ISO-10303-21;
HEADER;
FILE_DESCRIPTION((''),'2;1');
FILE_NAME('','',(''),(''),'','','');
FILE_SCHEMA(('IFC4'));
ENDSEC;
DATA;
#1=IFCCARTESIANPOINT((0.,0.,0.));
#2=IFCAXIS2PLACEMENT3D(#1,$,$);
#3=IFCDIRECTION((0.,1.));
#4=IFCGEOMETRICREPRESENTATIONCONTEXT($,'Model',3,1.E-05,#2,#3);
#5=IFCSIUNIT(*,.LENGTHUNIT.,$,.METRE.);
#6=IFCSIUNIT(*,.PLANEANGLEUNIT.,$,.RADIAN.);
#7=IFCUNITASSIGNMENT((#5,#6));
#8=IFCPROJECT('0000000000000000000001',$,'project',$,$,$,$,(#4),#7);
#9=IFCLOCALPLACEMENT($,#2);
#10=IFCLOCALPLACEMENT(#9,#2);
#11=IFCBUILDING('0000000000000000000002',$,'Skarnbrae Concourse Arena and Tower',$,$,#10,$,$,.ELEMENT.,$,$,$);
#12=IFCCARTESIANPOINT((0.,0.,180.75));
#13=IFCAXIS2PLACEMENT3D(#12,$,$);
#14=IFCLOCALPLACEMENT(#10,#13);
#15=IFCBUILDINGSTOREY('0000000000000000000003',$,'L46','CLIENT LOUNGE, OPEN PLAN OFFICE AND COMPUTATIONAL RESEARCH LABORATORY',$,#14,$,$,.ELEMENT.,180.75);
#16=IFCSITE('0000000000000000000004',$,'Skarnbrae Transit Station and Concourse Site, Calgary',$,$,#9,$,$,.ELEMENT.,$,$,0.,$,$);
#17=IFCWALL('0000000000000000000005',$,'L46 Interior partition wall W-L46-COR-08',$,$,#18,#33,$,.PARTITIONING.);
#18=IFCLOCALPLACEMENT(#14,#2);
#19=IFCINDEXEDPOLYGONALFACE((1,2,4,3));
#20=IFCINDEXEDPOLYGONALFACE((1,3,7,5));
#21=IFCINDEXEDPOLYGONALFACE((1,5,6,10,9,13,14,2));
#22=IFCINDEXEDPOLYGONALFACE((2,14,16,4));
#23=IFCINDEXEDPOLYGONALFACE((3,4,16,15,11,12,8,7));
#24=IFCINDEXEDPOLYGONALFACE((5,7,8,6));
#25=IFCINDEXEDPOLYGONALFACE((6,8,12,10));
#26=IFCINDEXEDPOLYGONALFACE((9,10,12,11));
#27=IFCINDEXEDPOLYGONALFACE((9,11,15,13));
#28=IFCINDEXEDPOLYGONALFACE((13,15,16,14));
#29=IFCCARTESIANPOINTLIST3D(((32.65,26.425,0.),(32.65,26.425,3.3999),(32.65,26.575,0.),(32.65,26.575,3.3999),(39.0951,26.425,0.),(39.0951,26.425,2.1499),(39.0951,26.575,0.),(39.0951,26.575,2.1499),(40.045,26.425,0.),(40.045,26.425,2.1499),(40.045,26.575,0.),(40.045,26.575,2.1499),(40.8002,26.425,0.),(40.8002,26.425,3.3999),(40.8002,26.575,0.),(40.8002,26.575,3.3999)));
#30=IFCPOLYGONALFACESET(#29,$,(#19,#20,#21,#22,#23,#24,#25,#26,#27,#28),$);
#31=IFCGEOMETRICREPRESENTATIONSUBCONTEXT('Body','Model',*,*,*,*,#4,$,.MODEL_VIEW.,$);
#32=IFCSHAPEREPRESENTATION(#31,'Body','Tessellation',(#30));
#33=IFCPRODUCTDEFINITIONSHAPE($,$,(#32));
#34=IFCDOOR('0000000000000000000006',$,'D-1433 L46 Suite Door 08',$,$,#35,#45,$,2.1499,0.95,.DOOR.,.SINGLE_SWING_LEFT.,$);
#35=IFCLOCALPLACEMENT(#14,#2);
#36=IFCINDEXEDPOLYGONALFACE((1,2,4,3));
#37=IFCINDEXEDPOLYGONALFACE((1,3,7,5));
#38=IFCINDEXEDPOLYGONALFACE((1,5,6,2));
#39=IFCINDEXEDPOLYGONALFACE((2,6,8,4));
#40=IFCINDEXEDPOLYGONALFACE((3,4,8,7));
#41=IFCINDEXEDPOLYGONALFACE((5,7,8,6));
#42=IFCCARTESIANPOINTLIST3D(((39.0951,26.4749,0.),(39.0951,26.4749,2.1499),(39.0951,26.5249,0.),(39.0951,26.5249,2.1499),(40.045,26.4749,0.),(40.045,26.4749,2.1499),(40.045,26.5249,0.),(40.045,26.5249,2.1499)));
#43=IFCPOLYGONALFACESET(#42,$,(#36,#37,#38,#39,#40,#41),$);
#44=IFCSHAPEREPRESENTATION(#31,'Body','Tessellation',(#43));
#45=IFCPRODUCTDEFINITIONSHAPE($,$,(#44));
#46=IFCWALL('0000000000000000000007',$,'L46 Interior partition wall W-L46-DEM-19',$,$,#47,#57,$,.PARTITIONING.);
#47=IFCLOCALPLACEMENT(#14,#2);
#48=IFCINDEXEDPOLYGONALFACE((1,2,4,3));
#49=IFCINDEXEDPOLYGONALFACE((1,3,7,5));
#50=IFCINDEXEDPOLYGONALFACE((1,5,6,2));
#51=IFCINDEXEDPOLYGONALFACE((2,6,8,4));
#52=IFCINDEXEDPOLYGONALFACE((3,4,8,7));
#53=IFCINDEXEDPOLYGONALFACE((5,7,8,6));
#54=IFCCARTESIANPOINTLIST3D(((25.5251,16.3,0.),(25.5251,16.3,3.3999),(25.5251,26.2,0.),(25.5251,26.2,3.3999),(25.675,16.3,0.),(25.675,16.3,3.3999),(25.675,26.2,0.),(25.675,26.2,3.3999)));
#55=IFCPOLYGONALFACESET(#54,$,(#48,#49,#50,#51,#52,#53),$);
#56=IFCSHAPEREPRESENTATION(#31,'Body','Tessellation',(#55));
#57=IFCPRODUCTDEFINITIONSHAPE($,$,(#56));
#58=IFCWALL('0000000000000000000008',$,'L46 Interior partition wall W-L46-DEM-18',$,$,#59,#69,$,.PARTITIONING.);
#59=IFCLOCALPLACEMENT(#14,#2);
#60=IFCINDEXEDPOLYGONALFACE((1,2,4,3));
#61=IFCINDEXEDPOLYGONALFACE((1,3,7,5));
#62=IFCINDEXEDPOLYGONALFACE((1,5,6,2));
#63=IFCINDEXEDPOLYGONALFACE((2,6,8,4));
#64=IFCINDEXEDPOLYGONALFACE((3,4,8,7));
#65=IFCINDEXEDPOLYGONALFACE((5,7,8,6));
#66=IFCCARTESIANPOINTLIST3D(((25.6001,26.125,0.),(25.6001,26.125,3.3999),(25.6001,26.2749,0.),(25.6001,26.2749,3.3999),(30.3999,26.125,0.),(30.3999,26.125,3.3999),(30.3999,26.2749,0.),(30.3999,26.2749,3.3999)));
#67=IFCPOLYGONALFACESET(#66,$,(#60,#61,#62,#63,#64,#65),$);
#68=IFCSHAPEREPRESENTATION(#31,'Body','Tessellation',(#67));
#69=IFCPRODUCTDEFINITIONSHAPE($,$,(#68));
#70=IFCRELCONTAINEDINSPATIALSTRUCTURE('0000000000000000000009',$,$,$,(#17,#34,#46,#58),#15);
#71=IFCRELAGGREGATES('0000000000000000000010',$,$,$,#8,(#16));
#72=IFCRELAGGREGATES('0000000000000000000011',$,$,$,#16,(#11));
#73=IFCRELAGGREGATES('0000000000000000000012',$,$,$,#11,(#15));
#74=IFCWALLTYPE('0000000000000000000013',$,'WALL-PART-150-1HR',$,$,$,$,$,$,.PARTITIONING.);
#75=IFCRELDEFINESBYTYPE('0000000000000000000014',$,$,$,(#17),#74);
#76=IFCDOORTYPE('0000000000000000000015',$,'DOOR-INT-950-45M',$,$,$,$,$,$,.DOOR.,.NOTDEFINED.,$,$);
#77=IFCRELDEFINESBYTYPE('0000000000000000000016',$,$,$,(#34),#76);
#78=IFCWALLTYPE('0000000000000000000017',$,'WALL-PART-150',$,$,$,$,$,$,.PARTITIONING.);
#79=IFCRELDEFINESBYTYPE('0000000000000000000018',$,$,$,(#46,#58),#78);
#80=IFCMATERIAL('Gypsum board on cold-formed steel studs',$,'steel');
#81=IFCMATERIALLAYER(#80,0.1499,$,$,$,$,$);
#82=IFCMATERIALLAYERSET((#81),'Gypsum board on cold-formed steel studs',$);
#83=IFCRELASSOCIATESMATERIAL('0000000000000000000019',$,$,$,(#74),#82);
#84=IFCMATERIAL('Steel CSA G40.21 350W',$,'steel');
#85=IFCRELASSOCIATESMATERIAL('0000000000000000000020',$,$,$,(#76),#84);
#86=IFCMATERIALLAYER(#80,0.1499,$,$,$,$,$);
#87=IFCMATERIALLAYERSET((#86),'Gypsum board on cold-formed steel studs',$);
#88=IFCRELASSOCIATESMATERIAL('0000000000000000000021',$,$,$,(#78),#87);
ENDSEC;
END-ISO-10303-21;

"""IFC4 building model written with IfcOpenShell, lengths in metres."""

from ifc_helpers import new_model, si_unit, direction, frame, frame_2d, origin, place, context, subcontext, project, spatial, rectangle, extrude, source, transform, mapped, material, layer, layer_set, type_object, element, fill, save


model = new_model("IFC4")

# Units and contexts
model_context = context("Model", 3, precision=1e-05, world=origin(), true_north=direction((0.0, 1.0)))
body_context = subcontext(model_context, "Body", "Model", "MODEL_VIEW")
ifc_project = project(units=[si_unit("LENGTHUNIT", "METRE"), si_unit("PLANEANGLEUNIT", "RADIAN")], contexts=[model_context])

# Site, building, storey
site_placement = place(None, origin())
site = spatial("IfcSite", under=ifc_project, at=site_placement, Name="Skarnbrae Transit Station and Concourse Site, Calgary", CompositionType="ELEMENT", RefElevation=0.0)
building_placement = place(site_placement, origin())
building = spatial("IfcBuilding", under=site, at=building_placement, Name="Skarnbrae Concourse Arena and Tower", CompositionType="ELEMENT")
storey_placement = place(building_placement, frame((0.0, 0.0, 180.75)))
storey = spatial("IfcBuildingStorey", under=building, at=storey_placement, Name="L46", Description="CLIENT LOUNGE, OPEN PLAN OFFICE AND COMPUTATIONAL RESEARCH LABORATORY", CompositionType="ELEMENT", Elevation=180.75)

# Shared definitions
ifc_material_1 = material(Name="Steel CSA G40.21 350W", Category="steel")

# Shared definitions
ifc_material_2 = material(Name="Gypsum board on cold-formed steel studs", Category="steel")
ifc_layer_1 = layer(ifc_material_2, 0.1499)
ifc_layer_set_1 = layer_set([ifc_layer_1], Name="Gypsum board on cold-formed steel studs")
wall_type_1 = type_object("IfcWallType", Name="WALL-PART-150-1HR", PredefinedType="PARTITIONING", material=ifc_layer_set_1)

# Shared definitions
door_type = type_object("IfcDoorType", Name="DOOR-INT-950-45M", OperationType="NOTDEFINED", PredefinedType="DOOR", material=ifc_material_1)
shared_shape_1 = source(origin(), body_context, "Body", "SweptSolid", [
    extrude(rectangle(XDim=0.95, YDim=2.1499, at=frame_2d((0.4751, 1.075))), frame((0.0, 0.0249, 0.0), z_axis=(0.0, -1.0, 0.0), x_axis=(1.0, 0.0, 0.0)), (0.0, 0.0, 1.0), 0.05),
])

# Wall, opening, door
shared_shape_2 = source(origin(), body_context, "Body", "SweptSolid", [
    extrude(rectangle(XDim=8.1501, YDim=0.1499, at=frame_2d((4.0752, 0.0))), origin(), (0.0, 0.0, 1.0), 3.3999),
])
wall_1_placement = place(storey_placement, frame((32.6499, 26.5, 0.0), z_axis=(0.0, 0.0, 1.0), x_axis=(1.0, 0.0, 0.0)))
wall_1 = element("IfcWall", 1, at=wall_1_placement, inside=storey, type_object=wall_type_1, Name="L46 Interior partition wall W-L46-COR-08", PredefinedType="PARTITIONING", context=body_context, shape_type="MappedRepresentation", body=[
    mapped(shared_shape_2, transform((0.0, 0.0, 0.0))),
])
opening_1_placement = place(wall_1_placement, frame((6.4451, 0.0, 0.0)))
opening_1 = element("IfcOpeningElement", 2, at=opening_1_placement, cuts=wall_1, PredefinedType="OPENING", context=body_context, shape_type="SweptSolid", body=[
    extrude(rectangle(XDim=0.95, YDim=2.1499, at=frame_2d((0.4751, 1.075))), frame((0.0, 0.085, 0.0), z_axis=(0.0, -1.0, 0.0), x_axis=(1.0, 0.0, 0.0)), (0.0, 0.0, 1.0), 0.1699),
])
door_1_placement = place(opening_1_placement, origin())
door_1 = element("IfcDoor", 3, at=door_1_placement, inside=storey, type_object=door_type, Name="D-1433 L46 Suite Door 08", OperationType="SINGLE_SWING_LEFT", OverallHeight=2.1499, OverallWidth=0.95, PredefinedType="DOOR", context=body_context, shape_type="MappedRepresentation", body=[
    mapped(shared_shape_1, transform((0.0, 0.0, 0.0))),
])
fill(opening_1, door_1)

# Walls
ifc_layer_2 = layer(ifc_material_2, 0.1499)
ifc_layer_set_2 = layer_set([ifc_layer_2], Name="Gypsum board on cold-formed steel studs")
wall_type_2 = type_object("IfcWallType", Name="WALL-PART-150", PredefinedType="PARTITIONING", material=ifc_layer_set_2)
shared_shape_3 = source(origin(), body_context, "Body", "SweptSolid", [
    extrude(rectangle(XDim=9.8999, YDim=0.1499, at=frame_2d((4.95, 0.0))), origin(), (0.0, 0.0, 1.0), 3.3999),
])
wall_2_placement = place(storey_placement, frame((25.6001, 26.2, 0.0), z_axis=(0.0, 0.0, 1.0), x_axis=(0.0, -1.0, 0.0)))
element("IfcWall", 4, at=wall_2_placement, inside=storey, type_object=wall_type_2, Name="L46 Interior partition wall W-L46-DEM-19", PredefinedType="PARTITIONING", context=body_context, shape_type="MappedRepresentation", body=[
    mapped(shared_shape_3, transform((0.0, 0.0, 0.0))),
])
shared_shape_4 = source(origin(), body_context, "Body", "SweptSolid", [
    extrude(rectangle(XDim=4.7998, YDim=0.1499, at=frame_2d((2.3999, 0.0))), origin(), (0.0, 0.0, 1.0), 3.3999),
])
wall_3_placement = place(storey_placement, frame((30.3999, 26.2, 0.0), z_axis=(0.0, 0.0, 1.0), x_axis=(-1.0, 0.0, 0.0)))
element("IfcWall", 5, at=wall_3_placement, inside=storey, type_object=wall_type_2, Name="L46 Interior partition wall W-L46-DEM-18", PredefinedType="PARTITIONING", context=body_context, shape_type="MappedRepresentation", body=[
    mapped(shared_shape_4, transform((0.0, 0.0, 0.0))),
])

save(model, "model.ifc")
